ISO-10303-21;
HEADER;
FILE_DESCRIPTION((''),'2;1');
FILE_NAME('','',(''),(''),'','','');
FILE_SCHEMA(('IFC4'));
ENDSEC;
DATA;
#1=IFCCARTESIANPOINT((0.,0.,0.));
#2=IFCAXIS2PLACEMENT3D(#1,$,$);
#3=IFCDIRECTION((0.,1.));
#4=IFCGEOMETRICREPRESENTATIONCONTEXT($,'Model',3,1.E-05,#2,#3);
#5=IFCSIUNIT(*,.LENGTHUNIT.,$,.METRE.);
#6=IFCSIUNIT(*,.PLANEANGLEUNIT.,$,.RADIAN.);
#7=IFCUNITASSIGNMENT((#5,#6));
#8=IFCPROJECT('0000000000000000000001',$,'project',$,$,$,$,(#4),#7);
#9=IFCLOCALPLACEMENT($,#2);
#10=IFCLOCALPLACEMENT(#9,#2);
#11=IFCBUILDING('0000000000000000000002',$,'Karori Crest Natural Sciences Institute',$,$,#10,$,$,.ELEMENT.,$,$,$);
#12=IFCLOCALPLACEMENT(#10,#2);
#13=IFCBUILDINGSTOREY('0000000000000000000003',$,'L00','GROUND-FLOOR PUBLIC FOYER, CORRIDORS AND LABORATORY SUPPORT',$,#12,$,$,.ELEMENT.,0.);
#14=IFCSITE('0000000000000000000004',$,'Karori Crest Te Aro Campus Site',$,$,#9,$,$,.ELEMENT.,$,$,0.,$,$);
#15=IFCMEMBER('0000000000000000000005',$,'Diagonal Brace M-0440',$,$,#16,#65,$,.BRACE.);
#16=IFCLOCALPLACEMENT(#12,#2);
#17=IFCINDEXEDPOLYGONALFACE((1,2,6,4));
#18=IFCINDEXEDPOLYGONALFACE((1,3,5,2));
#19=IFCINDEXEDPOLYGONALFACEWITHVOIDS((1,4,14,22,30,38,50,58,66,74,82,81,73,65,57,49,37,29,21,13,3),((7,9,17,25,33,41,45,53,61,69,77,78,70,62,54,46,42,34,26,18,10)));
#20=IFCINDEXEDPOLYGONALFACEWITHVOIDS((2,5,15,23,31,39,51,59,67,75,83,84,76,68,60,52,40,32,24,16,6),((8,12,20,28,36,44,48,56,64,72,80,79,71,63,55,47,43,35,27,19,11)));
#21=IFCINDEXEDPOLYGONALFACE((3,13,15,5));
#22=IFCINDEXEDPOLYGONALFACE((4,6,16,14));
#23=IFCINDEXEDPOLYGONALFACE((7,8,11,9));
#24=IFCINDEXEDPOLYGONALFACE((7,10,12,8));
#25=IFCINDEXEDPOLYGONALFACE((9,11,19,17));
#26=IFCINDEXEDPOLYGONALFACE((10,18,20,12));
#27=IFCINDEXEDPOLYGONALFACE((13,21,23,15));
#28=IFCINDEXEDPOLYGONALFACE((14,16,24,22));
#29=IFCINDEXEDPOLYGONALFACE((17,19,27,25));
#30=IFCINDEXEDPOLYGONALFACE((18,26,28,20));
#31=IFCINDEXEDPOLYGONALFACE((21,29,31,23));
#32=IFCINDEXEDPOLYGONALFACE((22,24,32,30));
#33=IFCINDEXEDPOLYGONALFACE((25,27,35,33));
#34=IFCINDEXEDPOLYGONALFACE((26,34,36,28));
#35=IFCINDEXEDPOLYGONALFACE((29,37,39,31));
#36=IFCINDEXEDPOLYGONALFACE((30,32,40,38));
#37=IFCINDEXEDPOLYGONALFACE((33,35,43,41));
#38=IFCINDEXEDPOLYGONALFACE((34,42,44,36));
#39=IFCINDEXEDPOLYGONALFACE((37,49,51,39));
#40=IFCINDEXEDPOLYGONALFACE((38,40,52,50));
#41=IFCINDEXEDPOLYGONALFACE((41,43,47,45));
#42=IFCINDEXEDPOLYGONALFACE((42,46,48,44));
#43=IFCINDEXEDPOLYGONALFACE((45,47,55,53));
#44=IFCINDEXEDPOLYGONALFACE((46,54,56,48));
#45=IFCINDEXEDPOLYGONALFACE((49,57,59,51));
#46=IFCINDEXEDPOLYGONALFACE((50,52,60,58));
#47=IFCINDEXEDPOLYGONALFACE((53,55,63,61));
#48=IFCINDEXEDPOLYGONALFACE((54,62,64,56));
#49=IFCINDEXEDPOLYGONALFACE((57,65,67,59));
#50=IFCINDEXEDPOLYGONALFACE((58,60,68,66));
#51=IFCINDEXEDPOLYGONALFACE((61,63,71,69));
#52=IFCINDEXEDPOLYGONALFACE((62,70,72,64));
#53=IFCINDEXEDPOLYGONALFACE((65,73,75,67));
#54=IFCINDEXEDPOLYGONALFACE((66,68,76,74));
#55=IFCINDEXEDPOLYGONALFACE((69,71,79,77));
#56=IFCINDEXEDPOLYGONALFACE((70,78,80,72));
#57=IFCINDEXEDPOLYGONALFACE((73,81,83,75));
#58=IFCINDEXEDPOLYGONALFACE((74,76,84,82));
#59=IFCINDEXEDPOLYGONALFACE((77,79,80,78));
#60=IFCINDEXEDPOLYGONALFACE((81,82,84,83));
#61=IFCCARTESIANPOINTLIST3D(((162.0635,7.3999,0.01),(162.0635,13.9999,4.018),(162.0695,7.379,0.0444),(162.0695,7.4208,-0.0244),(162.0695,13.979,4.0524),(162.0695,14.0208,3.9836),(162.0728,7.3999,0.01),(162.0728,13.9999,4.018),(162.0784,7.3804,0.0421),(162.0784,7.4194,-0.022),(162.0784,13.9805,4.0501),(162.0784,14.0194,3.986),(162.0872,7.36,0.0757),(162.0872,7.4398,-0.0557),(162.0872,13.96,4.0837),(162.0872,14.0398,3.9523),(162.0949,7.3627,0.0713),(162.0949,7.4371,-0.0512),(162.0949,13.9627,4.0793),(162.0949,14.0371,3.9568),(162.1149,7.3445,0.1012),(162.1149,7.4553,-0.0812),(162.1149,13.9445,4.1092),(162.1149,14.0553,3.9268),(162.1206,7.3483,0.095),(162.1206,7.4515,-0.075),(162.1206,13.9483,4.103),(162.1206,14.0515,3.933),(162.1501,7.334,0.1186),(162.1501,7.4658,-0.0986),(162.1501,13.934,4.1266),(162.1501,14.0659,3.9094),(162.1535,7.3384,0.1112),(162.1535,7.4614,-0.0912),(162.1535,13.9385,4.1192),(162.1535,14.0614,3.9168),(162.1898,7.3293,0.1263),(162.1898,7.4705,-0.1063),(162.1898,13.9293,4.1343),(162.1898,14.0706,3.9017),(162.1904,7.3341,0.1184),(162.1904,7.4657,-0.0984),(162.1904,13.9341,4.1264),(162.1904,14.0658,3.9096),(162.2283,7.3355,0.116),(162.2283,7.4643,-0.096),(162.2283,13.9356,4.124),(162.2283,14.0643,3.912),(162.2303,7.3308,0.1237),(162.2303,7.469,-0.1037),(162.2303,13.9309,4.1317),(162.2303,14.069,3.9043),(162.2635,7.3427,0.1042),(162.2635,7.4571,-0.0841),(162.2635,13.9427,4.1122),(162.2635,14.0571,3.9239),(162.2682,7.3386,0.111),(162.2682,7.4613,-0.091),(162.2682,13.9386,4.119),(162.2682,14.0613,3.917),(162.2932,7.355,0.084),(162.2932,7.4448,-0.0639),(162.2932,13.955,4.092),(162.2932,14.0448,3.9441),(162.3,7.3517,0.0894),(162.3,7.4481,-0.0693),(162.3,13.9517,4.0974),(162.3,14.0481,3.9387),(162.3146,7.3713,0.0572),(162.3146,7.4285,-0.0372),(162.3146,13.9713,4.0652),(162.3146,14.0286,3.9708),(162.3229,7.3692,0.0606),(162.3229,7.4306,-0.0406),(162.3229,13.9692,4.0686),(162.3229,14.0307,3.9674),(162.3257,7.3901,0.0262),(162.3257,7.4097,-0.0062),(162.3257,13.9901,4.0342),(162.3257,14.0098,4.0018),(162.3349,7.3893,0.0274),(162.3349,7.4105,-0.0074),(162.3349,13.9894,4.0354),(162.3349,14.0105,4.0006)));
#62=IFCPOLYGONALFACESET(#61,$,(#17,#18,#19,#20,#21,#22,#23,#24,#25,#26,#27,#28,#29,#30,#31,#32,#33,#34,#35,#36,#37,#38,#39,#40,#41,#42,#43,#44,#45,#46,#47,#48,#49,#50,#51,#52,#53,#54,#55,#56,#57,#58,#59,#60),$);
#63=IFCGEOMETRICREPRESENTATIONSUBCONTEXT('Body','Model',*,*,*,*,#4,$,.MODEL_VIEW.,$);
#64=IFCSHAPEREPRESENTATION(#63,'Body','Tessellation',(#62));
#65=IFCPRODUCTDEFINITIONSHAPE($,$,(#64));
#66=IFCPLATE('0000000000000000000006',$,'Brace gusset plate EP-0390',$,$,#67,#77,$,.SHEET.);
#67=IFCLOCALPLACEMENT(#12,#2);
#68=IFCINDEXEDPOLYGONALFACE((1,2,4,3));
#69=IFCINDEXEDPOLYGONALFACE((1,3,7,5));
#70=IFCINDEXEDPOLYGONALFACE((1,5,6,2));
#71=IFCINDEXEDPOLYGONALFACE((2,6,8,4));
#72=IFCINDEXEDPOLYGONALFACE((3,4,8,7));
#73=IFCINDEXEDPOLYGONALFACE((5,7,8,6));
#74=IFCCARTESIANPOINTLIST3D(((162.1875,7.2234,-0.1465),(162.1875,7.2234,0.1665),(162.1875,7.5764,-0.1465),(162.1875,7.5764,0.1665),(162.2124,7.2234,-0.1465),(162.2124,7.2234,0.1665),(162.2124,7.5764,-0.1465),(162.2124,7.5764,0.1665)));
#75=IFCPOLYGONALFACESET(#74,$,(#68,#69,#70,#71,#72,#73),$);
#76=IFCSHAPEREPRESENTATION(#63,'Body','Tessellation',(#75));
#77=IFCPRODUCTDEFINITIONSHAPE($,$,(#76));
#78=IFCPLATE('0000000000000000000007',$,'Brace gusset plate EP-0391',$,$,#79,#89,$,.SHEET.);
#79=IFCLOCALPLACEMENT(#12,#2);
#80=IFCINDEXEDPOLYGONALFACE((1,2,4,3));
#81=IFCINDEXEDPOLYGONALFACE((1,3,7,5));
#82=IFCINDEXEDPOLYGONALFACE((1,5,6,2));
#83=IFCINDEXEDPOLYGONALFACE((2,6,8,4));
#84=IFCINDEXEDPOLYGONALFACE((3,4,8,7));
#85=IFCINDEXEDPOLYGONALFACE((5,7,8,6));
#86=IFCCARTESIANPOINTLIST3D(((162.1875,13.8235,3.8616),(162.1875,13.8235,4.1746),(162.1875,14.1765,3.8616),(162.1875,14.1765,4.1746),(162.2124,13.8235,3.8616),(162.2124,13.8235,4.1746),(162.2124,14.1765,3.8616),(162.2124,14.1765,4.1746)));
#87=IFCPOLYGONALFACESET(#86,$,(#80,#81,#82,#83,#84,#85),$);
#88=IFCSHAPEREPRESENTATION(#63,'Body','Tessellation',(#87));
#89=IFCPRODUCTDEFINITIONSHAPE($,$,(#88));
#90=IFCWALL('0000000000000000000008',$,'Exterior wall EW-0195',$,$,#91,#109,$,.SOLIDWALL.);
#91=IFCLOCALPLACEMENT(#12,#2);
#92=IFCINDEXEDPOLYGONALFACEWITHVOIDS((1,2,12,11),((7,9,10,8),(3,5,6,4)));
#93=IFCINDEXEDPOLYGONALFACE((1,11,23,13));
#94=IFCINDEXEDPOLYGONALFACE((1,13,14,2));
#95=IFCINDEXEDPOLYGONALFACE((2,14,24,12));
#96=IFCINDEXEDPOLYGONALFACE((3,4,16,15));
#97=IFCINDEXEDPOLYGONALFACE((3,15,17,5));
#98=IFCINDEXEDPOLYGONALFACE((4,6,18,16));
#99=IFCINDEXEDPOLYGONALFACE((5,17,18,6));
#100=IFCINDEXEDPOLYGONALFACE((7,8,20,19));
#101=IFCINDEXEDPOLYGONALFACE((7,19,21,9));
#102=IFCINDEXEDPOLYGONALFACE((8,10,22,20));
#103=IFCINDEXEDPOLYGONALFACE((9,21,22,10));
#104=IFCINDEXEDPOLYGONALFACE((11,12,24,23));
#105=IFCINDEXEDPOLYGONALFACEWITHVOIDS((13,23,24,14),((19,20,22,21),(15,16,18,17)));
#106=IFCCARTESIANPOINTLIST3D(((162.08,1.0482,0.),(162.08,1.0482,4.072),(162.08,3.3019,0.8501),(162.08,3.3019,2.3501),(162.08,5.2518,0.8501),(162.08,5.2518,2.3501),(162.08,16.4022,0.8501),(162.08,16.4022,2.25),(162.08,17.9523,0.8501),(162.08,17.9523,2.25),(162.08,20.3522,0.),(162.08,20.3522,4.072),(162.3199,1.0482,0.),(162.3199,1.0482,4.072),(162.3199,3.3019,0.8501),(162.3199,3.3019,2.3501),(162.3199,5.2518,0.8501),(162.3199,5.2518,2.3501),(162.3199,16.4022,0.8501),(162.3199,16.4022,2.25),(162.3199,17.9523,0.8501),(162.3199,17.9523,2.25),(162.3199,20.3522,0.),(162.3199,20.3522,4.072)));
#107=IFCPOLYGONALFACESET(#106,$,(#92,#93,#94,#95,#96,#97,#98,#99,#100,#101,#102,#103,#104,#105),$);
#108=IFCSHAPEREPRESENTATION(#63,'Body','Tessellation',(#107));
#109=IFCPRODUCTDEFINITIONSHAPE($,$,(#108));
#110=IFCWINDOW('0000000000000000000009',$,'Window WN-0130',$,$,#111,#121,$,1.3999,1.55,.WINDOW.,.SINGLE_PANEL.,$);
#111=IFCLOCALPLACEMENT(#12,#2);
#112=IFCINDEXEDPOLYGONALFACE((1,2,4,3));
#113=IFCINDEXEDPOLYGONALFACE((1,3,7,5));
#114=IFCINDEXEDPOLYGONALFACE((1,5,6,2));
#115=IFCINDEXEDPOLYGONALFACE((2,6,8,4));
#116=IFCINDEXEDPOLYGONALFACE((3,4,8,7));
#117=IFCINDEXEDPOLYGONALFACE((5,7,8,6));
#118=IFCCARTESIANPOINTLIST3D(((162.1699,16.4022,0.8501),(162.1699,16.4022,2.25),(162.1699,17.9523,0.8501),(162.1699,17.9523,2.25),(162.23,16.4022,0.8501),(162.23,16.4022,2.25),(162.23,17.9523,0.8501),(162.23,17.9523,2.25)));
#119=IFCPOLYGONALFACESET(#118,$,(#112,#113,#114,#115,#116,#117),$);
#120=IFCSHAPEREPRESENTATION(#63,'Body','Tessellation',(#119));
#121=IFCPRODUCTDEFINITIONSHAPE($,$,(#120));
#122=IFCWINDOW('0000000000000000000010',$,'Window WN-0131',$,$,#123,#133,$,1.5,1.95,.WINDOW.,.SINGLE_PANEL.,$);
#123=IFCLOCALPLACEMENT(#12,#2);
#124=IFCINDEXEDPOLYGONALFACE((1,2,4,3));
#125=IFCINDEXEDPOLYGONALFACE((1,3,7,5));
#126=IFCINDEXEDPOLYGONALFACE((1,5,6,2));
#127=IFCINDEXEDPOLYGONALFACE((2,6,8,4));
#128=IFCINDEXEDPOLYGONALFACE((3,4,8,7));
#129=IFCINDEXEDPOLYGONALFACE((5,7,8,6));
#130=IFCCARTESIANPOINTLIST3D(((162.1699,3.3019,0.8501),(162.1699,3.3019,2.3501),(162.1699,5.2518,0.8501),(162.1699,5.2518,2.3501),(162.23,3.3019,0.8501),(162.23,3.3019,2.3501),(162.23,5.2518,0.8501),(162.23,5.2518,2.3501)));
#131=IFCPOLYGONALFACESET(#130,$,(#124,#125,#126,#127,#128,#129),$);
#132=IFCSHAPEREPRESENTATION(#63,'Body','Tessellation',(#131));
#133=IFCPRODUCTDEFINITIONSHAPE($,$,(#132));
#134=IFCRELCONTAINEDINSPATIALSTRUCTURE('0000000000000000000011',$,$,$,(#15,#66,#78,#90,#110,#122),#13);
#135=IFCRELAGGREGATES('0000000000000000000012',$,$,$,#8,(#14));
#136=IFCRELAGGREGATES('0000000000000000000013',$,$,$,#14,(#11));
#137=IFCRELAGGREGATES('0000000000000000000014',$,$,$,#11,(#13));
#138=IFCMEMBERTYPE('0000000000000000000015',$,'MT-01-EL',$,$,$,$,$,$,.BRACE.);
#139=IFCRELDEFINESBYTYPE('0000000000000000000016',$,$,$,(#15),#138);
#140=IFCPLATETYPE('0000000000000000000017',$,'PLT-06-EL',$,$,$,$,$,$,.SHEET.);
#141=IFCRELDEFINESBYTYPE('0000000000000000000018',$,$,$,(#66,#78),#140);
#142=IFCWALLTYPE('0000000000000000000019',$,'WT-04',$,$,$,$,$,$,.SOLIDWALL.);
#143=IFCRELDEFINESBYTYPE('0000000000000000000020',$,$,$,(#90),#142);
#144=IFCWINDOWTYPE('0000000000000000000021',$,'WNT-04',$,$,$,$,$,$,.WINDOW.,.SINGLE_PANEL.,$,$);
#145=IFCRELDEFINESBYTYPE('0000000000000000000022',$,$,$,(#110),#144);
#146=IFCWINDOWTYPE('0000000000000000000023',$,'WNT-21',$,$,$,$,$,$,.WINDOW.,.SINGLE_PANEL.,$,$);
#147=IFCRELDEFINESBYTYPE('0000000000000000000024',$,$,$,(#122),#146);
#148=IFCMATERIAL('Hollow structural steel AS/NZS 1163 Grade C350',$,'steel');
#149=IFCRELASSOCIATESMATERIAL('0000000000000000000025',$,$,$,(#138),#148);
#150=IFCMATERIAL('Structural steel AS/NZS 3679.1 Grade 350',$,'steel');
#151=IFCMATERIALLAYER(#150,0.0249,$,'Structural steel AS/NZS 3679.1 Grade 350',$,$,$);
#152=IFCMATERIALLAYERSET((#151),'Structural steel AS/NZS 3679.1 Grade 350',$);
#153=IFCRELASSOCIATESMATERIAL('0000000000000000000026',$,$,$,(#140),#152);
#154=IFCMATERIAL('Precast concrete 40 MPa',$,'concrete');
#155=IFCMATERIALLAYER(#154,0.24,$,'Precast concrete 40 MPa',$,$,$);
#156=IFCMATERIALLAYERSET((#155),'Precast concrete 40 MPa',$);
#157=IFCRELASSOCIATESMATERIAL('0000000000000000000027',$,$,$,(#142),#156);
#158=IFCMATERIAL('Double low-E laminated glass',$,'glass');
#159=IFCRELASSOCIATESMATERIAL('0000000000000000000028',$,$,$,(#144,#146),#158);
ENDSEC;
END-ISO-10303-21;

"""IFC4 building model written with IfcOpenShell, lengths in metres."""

from ifc_helpers import new_model, si_unit, direction, frame, frame_2d, origin, origin_2d, place, context, subcontext, project, spatial, rectangle, hollow_circle, extrude, material, layer, layer_set, material_profile, profile_set, type_object, element, fill, save


model = new_model("IFC4")

# Units and contexts
model_context = context("Model", 3, precision=1e-05, world=origin(), true_north=direction((0.0, 1.0)))
body_context = subcontext(model_context, "Body", "Model", "MODEL_VIEW")
ifc_project = project(units=[si_unit("LENGTHUNIT", "METRE"), si_unit("PLANEANGLEUNIT", "RADIAN")], contexts=[model_context])

# Site, building, storey
site_placement = place(None, origin())
site = spatial("IfcSite", under=ifc_project, at=site_placement, Name="Karori Crest Te Aro Campus Site", CompositionType="ELEMENT", RefElevation=0.0)
building_placement = place(site_placement, origin())
building = spatial("IfcBuilding", under=site, at=building_placement, Name="Karori Crest Natural Sciences Institute", CompositionType="ELEMENT")
storey_placement = place(building_placement, origin())
storey = spatial("IfcBuildingStorey", under=building, at=storey_placement, Name="L00", Description="GROUND-FLOOR PUBLIC FOYER, CORRIDORS AND LABORATORY SUPPORT", CompositionType="ELEMENT", Elevation=0.0)

# Shared definitions
ifc_material_1 = material(Name="Structural steel AS/NZS 3679.1 Grade 350", Category="steel")

# Member
ifc_material_2 = material(Name="Hollow structural steel AS/NZS 1163 Grade C350", Category="steel")
ifc_material_profile_1 = material_profile(ifc_material_2, hollow_circle(Radius=0.1365, WallThickness=0.0093, at=origin_2d()), Name="CHS273.0x9.3")
ifc_profile_set_1 = profile_set([ifc_material_profile_1], Name="Hollow structural steel AS/NZS 1163 Grade C350")
member_type = type_object("IfcMemberType", Name="MT-01-EL", PredefinedType="BRACE", material=ifc_profile_set_1)
member_placement = place(storey_placement, frame((162.2, 7.3999, 0.01), z_axis=(0.0, 0.854738, 0.519059), x_axis=(-1.0, 0.0, 0.0)))
element("IfcMember", 1, at=member_placement, inside=storey, type_object=member_type, Name="Diagonal Brace M-0440", PredefinedType="BRACE", context=body_context, shape_type="SweptSolid", body=[
    extrude(hollow_circle(Radius=0.1365, WallThickness=0.0093, at=origin_2d()), origin(), (0.0, 0.0, 1.0), 7.7217),
])

# Plates
ifc_layer_1 = layer(ifc_material_1, 0.0249, Name="Structural steel AS/NZS 3679.1 Grade 350")
ifc_layer_set_1 = layer_set([ifc_layer_1], Name="Structural steel AS/NZS 3679.1 Grade 350")
plate_type = type_object("IfcPlateType", Name="PLT-06-EL", PredefinedType="SHEET", material=ifc_layer_set_1)
for number, where, z_axis, x_axis, name in (
    (2, (162.2, 7.3999, -0.1465), (0.0, 0.0, 1.0), (0.0, 1.0, 0.0), "Brace gusset plate EP-0390"),
    (3, (162.2, 14.0, 3.8616), (0.0, 0.0, 1.0), (0.0, 1.0, 0.0), "Brace gusset plate EP-0391"),
):
    element("IfcPlate", number, at=place(storey_placement, frame(where, z_axis=z_axis, x_axis=x_axis)), inside=storey, type_object=plate_type, Name=name, PredefinedType="SHEET", context=body_context, shape_type="SweptSolid", body=[
        extrude(rectangle(XDim=0.353, YDim=0.0249, at=origin_2d()), origin(), (0.0, 0.0, 1.0), 0.313),
    ])

# Wall, openings, windows
ifc_material_3 = material(Name="Precast concrete 40 MPa", Category="concrete")
ifc_layer_2 = layer(ifc_material_3, 0.24, Name="Precast concrete 40 MPa")
ifc_layer_set_2 = layer_set([ifc_layer_2], Name="Precast concrete 40 MPa")
wall_type = type_object("IfcWallType", Name="WT-04", PredefinedType="SOLIDWALL", material=ifc_layer_set_2)
wall_placement = place(storey_placement, frame((162.2, 20.3521, 0.0), z_axis=(0.0, 0.0, 1.0), x_axis=(0.0, -1.0, 0.0)))
wall = element("IfcWall", 4, at=wall_placement, inside=storey, type_object=wall_type, Name="Exterior wall EW-0195", PredefinedType="SOLIDWALL", context=body_context, shape_type="SweptSolid", body=[
    extrude(rectangle(XDim=19.304, YDim=0.24, at=frame_2d((9.6519, 0.0))), origin(), (0.0, 0.0, 1.0), 4.072),
])
opening_1_placement = place(wall_placement, frame((2.3999, 0.0, 0.8501)))
opening_1 = element("IfcOpeningElement", 5, at=opening_1_placement, cuts=wall, PredefinedType="OPENING", context=body_context, shape_type="SweptSolid", body=[
    extrude(rectangle(XDim=1.55, YDim=1.3999, at=frame_2d((0.7749, 0.7))), frame((0.0, 0.1299, 0.0), z_axis=(0.0, -1.0, 0.0), x_axis=(1.0, 0.0, 0.0)), (0.0, 0.0, 1.0), 0.26),
])
opening_2_placement = place(wall_placement, frame((15.1001, 0.0, 0.8501)))
opening_2 = element("IfcOpeningElement", 6, at=opening_2_placement, cuts=wall, PredefinedType="OPENING", context=body_context, shape_type="SweptSolid", body=[
    extrude(rectangle(XDim=1.95, YDim=1.5, at=frame_2d((0.9751, 0.75))), frame((0.0, 0.1299, 0.0), z_axis=(0.0, -1.0, 0.0), x_axis=(1.0, 0.0, 0.0)), (0.0, 0.0, 1.0), 0.26),
])
ifc_material_4 = material(Name="Double low-E laminated glass", Category="glass")
window_type_1 = type_object("IfcWindowType", Name="WNT-04", PartitioningType="SINGLE_PANEL", PredefinedType="WINDOW", material=ifc_material_4)
window_1_placement = place(opening_1_placement, origin())
window_1 = element("IfcWindow", 7, at=window_1_placement, inside=storey, type_object=window_type_1, Name="Window WN-0130", OverallHeight=1.3999, OverallWidth=1.55, PartitioningType="SINGLE_PANEL", PredefinedType="WINDOW", context=body_context, shape_type="SweptSolid", body=[
    extrude(rectangle(XDim=1.55, YDim=1.3999, at=frame_2d((0.7749, 0.7))), frame((0.0, 0.03, 0.0), z_axis=(0.0, -1.0, 0.0), x_axis=(1.0, 0.0, 0.0)), (0.0, 0.0, 1.0), 0.0601),
])
fill(opening_1, window_1)
window_type_2 = type_object("IfcWindowType", Name="WNT-21", PartitioningType="SINGLE_PANEL", PredefinedType="WINDOW", material=ifc_material_4)
window_2_placement = place(opening_2_placement, origin())
window_2 = element("IfcWindow", 8, at=window_2_placement, inside=storey, type_object=window_type_2, Name="Window WN-0131", OverallHeight=1.5, OverallWidth=1.95, PartitioningType="SINGLE_PANEL", PredefinedType="WINDOW", context=body_context, shape_type="SweptSolid", body=[
    extrude(rectangle(XDim=1.95, YDim=1.5, at=frame_2d((0.9751, 0.75))), frame((0.0, 0.03, 0.0), z_axis=(0.0, -1.0, 0.0), x_axis=(1.0, 0.0, 0.0)), (0.0, 0.0, 1.0), 0.0601),
])
fill(opening_2, window_2)

save(model, "model.ifc")
